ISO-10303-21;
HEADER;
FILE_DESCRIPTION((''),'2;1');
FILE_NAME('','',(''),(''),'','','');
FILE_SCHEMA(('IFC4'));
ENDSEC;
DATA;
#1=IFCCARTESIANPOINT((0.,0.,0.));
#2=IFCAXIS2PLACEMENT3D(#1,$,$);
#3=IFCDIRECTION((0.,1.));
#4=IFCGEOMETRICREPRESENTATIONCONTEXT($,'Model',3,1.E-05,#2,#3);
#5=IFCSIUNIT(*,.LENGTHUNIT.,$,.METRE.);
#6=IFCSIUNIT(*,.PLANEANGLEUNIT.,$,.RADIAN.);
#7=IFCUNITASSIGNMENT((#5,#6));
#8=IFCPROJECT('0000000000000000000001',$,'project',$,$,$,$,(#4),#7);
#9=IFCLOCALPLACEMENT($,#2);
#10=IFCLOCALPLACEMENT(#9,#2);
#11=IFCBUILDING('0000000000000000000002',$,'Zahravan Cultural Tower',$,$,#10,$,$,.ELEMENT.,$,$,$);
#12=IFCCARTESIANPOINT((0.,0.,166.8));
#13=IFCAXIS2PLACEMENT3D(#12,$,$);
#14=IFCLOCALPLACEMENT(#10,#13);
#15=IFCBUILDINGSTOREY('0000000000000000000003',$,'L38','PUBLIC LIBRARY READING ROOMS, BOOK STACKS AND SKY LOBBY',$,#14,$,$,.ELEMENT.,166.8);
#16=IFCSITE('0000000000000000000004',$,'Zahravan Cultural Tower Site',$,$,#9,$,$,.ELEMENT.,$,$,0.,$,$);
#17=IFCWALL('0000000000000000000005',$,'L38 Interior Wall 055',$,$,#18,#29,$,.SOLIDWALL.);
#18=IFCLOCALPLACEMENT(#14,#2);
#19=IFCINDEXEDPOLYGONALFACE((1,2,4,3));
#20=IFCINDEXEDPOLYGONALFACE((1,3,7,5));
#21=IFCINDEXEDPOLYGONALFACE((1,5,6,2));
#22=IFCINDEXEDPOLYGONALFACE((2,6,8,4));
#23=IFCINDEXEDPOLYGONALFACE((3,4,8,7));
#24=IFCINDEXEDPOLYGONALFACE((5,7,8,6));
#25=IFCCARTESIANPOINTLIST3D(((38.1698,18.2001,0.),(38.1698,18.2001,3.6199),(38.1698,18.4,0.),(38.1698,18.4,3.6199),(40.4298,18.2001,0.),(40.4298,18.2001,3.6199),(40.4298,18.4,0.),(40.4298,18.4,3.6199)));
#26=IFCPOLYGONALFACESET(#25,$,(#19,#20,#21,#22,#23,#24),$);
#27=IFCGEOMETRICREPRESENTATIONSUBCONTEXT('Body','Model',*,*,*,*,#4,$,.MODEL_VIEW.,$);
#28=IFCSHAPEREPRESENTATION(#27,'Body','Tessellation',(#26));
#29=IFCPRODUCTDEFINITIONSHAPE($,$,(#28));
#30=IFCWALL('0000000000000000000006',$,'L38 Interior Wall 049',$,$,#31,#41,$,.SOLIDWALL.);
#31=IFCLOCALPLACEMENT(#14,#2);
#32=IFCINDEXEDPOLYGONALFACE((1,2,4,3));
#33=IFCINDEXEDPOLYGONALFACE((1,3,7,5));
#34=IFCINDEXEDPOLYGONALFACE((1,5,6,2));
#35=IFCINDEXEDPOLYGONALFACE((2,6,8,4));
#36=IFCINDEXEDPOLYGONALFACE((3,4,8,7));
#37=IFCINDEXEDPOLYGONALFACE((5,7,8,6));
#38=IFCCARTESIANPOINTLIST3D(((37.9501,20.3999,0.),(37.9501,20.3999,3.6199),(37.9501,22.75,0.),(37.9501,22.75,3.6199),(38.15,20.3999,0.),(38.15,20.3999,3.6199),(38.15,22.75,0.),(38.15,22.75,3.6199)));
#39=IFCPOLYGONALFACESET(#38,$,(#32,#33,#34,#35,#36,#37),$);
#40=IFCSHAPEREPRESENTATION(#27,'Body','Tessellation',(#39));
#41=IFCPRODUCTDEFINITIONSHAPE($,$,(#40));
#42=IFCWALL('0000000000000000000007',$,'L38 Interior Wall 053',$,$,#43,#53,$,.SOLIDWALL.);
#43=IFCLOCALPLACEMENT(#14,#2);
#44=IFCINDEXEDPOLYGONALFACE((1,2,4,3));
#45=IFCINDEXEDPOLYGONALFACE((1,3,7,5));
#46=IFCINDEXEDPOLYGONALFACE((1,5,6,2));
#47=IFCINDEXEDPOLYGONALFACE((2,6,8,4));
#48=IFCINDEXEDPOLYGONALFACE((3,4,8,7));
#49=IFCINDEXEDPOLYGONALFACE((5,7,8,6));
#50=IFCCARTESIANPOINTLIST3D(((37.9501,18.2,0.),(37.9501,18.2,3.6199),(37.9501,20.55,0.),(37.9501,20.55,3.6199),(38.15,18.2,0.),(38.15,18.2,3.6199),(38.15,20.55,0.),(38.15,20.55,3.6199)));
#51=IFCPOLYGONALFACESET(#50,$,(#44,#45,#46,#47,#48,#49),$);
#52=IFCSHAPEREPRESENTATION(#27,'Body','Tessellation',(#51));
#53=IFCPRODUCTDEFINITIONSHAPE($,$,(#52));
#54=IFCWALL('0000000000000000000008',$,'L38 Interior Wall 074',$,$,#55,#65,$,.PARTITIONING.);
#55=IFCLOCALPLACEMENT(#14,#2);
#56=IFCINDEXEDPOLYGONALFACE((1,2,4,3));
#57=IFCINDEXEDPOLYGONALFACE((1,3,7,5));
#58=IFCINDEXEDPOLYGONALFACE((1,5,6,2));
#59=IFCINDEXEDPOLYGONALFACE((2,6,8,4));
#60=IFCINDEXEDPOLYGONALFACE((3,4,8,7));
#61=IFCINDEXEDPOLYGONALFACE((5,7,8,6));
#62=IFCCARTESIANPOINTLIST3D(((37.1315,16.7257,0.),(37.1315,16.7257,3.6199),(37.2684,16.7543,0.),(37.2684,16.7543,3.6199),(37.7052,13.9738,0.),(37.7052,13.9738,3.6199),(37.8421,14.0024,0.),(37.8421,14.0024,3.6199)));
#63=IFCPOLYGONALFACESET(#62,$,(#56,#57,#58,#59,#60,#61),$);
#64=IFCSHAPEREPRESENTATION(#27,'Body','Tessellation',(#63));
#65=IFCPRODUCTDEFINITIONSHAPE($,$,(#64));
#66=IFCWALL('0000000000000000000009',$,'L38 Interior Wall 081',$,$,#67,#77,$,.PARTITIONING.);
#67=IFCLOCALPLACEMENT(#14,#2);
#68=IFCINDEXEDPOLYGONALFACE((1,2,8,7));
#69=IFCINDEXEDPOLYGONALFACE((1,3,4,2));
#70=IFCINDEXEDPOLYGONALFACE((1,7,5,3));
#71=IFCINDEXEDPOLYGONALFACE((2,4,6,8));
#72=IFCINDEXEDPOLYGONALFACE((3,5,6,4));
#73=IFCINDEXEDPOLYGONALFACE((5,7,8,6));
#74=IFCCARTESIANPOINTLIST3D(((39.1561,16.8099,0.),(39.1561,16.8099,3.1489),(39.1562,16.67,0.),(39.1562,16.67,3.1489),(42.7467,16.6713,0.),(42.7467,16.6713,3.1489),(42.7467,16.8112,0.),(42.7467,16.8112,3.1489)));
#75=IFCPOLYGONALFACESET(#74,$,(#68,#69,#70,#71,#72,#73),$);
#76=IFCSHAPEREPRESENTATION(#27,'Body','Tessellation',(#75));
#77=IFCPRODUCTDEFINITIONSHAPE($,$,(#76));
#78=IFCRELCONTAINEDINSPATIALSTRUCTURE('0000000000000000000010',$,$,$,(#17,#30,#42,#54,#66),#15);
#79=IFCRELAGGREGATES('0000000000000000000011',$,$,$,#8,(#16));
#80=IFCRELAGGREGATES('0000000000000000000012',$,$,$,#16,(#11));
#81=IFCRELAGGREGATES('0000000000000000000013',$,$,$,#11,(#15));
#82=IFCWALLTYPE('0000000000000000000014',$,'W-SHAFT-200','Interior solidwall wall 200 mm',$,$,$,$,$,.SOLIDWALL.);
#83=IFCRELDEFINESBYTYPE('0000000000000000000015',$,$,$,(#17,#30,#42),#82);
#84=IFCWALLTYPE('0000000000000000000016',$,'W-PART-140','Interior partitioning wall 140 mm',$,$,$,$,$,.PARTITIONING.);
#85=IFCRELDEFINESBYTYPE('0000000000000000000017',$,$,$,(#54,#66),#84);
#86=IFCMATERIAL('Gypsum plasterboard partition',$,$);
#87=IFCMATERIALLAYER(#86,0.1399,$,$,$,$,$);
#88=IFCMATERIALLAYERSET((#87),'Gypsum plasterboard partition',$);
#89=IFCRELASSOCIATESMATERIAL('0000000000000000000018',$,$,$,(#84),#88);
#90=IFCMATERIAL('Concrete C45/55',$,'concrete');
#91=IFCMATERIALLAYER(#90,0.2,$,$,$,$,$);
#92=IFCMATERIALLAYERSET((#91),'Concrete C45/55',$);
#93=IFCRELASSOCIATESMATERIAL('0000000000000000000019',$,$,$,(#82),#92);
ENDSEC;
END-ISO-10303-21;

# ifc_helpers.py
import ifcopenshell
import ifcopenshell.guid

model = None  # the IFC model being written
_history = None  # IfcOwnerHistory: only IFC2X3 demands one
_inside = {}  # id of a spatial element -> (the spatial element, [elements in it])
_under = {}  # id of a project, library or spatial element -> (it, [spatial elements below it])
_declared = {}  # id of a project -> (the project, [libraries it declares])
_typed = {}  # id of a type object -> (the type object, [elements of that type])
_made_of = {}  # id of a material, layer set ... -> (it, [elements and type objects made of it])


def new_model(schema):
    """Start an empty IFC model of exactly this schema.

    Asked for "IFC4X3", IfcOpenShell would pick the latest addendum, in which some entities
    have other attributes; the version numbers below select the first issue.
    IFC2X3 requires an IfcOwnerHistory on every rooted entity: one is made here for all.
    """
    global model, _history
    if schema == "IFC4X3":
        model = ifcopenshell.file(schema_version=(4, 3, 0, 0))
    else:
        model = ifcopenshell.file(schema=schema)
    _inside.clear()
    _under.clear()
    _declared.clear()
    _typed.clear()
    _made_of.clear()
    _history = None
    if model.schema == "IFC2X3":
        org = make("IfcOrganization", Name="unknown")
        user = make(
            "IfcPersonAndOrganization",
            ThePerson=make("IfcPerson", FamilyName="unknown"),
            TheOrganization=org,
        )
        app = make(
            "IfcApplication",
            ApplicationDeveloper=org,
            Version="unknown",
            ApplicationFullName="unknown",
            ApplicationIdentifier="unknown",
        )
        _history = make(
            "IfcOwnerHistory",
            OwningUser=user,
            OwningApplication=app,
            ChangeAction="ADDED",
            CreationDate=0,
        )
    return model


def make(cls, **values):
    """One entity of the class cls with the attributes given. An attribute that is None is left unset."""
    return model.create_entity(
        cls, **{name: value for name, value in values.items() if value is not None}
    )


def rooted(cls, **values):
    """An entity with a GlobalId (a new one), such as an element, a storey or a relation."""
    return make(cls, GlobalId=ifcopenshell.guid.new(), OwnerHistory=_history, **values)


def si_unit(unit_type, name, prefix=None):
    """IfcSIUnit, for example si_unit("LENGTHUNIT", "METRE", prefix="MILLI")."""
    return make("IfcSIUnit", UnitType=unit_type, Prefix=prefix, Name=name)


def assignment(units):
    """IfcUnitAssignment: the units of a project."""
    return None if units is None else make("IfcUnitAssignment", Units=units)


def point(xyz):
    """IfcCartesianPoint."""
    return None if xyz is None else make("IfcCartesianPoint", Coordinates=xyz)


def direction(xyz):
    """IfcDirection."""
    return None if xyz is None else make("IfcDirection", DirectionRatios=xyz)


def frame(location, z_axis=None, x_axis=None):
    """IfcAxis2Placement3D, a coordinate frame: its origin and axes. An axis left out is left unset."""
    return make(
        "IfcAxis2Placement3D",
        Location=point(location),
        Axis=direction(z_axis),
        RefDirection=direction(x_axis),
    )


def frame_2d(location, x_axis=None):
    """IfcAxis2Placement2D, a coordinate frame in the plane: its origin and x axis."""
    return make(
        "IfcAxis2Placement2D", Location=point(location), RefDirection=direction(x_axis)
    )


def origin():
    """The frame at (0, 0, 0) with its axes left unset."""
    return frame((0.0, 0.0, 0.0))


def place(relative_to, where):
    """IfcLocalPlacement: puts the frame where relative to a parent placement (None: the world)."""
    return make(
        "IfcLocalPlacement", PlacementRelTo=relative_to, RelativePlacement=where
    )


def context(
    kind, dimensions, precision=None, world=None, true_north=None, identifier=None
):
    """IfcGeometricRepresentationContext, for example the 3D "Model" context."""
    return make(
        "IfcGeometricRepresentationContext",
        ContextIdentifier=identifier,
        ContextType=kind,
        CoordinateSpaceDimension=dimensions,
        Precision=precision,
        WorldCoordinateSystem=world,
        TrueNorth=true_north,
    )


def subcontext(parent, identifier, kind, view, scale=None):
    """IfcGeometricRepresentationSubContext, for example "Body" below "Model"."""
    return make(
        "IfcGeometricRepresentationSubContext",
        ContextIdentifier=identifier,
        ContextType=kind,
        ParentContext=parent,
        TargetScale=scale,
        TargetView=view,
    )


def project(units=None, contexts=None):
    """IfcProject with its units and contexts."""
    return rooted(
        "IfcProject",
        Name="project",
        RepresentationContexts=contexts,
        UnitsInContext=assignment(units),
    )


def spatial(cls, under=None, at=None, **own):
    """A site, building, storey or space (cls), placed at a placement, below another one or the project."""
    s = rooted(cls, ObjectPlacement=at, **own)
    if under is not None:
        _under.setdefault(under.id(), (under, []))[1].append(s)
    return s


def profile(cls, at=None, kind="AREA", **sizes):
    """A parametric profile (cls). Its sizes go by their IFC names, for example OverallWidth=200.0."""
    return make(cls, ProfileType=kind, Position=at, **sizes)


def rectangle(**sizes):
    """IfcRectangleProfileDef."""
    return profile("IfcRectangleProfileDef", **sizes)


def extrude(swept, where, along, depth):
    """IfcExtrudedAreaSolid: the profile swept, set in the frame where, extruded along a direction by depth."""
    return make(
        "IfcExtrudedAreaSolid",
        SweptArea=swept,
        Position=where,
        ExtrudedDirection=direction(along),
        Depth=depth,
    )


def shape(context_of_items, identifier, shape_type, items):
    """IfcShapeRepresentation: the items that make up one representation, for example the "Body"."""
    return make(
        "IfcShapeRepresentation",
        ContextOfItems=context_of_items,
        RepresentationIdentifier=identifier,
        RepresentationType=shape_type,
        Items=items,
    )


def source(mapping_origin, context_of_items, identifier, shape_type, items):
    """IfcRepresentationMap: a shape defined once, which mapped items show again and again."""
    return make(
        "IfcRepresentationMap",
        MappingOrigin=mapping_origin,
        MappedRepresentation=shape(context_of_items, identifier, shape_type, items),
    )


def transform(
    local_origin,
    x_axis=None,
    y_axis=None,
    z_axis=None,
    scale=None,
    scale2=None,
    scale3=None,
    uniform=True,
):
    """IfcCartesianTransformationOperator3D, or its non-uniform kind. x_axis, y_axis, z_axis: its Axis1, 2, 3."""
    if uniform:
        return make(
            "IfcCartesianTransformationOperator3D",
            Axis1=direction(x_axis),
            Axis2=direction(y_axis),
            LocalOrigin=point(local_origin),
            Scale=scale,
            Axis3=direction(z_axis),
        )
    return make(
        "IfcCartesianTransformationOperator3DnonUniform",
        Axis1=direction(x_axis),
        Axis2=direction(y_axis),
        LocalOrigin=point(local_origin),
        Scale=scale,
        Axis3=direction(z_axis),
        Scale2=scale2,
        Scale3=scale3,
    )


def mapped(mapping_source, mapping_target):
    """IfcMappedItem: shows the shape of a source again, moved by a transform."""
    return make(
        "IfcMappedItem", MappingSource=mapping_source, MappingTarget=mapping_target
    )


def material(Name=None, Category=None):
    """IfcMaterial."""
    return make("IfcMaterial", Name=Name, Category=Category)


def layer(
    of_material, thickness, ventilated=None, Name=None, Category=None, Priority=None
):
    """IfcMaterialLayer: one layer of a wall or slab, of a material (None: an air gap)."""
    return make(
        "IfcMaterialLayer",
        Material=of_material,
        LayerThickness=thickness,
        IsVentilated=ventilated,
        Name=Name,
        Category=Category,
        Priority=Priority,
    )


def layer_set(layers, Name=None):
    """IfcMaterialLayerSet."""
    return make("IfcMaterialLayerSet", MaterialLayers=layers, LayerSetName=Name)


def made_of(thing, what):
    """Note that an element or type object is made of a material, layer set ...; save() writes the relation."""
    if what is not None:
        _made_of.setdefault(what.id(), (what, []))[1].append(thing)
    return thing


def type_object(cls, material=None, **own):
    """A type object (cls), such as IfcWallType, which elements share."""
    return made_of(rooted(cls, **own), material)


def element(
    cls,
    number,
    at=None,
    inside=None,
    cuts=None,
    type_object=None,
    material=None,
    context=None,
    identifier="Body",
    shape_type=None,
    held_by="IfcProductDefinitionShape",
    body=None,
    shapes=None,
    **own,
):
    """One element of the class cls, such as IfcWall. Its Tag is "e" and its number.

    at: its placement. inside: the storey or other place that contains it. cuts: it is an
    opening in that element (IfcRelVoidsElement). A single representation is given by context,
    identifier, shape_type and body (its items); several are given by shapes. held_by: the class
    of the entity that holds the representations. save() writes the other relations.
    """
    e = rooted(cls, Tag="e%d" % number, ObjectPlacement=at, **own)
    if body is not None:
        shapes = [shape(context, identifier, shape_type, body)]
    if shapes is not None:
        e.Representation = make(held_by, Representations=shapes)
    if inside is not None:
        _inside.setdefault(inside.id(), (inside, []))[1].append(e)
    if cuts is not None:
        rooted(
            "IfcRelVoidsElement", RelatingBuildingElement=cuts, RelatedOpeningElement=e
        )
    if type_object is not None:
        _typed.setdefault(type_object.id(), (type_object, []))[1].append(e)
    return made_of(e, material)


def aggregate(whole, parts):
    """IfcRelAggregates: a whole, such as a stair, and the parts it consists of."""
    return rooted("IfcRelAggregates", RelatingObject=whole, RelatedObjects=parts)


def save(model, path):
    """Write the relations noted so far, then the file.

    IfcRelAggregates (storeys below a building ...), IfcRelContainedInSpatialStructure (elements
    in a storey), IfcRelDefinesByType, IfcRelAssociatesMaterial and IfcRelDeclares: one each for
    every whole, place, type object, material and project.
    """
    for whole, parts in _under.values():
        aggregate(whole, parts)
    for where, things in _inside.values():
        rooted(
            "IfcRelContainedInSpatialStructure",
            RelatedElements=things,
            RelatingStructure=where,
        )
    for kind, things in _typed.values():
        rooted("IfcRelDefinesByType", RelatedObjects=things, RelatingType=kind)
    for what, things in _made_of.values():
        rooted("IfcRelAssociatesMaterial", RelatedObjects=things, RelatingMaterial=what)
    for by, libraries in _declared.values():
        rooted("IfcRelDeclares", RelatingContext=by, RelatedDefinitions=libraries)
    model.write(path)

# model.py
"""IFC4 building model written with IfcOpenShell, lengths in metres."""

from ifc_helpers import new_model, si_unit, direction, frame, frame_2d, origin, place, context, subcontext, project, spatial, rectangle, extrude, source, transform, mapped, material, layer, layer_set, type_object, element, save


model = new_model("IFC4")

# Units and contexts
model_context = context("Model", 3, precision=1e-05, world=origin(), true_north=direction((0.0, 1.0)))
body_context = subcontext(model_context, "Body", "Model", "MODEL_VIEW")
ifc_project = project(units=[si_unit("LENGTHUNIT", "METRE"), si_unit("PLANEANGLEUNIT", "RADIAN")], contexts=[model_context])

# Site, building, storey
site_placement = place(None, origin())
site = spatial("IfcSite", under=ifc_project, at=site_placement, Name="Zahravan Cultural Tower Site", CompositionType="ELEMENT", RefElevation=0.0)
building_placement = place(site_placement, origin())
building = spatial("IfcBuilding", under=site, at=building_placement, Name="Zahravan Cultural Tower", CompositionType="ELEMENT")
storey_placement = place(building_placement, frame((0.0, 0.0, 166.8)))
storey = spatial("IfcBuildingStorey", under=building, at=storey_placement, Name="L38", Description="PUBLIC LIBRARY READING ROOMS, BOOK STACKS AND SKY LOBBY", CompositionType="ELEMENT", Elevation=166.8)

# Shared definitions
ifc_material_1 = material(Name="Gypsum plasterboard partition")
ifc_layer_1 = layer(ifc_material_1, 0.1399)
ifc_layer_set_1 = layer_set([ifc_layer_1], Name="Gypsum plasterboard partition")
wall_type_1 = type_object("IfcWallType", Name="W-PART-140", Description="Interior partitioning wall 140 mm", PredefinedType="PARTITIONING", material=ifc_layer_set_1)
ifc_material_2 = material(Name="Concrete C45/55", Category="concrete")
ifc_layer_2 = layer(ifc_material_2, 0.2)
ifc_layer_set_2 = layer_set([ifc_layer_2], Name="Concrete C45/55")
wall_type_2 = type_object("IfcWallType", Name="W-SHAFT-200", Description="Interior solidwall wall 200 mm", PredefinedType="SOLIDWALL", material=ifc_layer_set_2)

# Walls
shared_shape_1 = source(origin(), body_context, "Body", "SweptSolid", [
    extrude(rectangle(XDim=2.26, YDim=0.2, at=frame_2d((1.1299, 0.0))), origin(), (0.0, 0.0, 1.0), 3.6199),
])
for number, where, z_axis, x_axis, name in (
    (1, (38.1699, 18.3, 0.0), (0.0, 0.0, 1.0), (1.0, 0.0, 0.0), "L38 Interior Wall 055"),
):
    element("IfcWall", number, at=place(storey_placement, frame(where, z_axis=z_axis, x_axis=x_axis)), inside=storey, type_object=wall_type_2, Name=name, PredefinedType="SOLIDWALL", context=body_context, shape_type="MappedRepresentation", body=[
        mapped(shared_shape_1, transform((0.0, 0.0, 0.0), x_axis=(1.0, 0.0, 0.0), y_axis=(0.0, 1.0, 0.0), z_axis=(0.0, 0.0, 1.0), scale=1.0)),
    ])
shared_shape_2 = source(origin(), body_context, "Body", "SweptSolid", [
    extrude(rectangle(XDim=2.3501, YDim=0.2, at=frame_2d((1.175, 0.0))), origin(), (0.0, 0.0, 1.0), 3.6199),
])
for number, where, z_axis, x_axis, name in (
    (2, (38.05, 20.3999, 0.0), (0.0, 0.0, 1.0), (0.0, 1.0, 0.0), "L38 Interior Wall 049"),
    (3, (38.05, 18.2, 0.0), (0.0, 0.0, 1.0), (0.0, 1.0, 0.0), "L38 Interior Wall 053"),
):
    element("IfcWall", number, at=place(storey_placement, frame(where, z_axis=z_axis, x_axis=x_axis)), inside=storey, type_object=wall_type_2, Name=name, PredefinedType="SOLIDWALL", context=body_context, shape_type="MappedRepresentation", body=[
        mapped(shared_shape_2, transform((0.0, 0.0, 0.0), x_axis=(1.0, 0.0, 0.0), y_axis=(0.0, 1.0, 0.0), z_axis=(0.0, 0.0, 1.0), scale=1.0)),
    ])
shared_shape_3 = source(origin(), body_context, "Body", "SweptSolid", [
    extrude(rectangle(XDim=2.811, YDim=0.1399, at=frame_2d((1.4055, 0.0))), origin(), (0.0, 0.0, 1.0), 3.6199),
])
wall_1_placement = place(storey_placement, frame((37.2, 16.74, 0.0), z_axis=(0.0, 0.0, 1.0), x_axis=(0.204093, -0.978952, 0.0)))
element("IfcWall", 4, at=wall_1_placement, inside=storey, type_object=wall_type_1, Name="L38 Interior Wall 074", PredefinedType="PARTITIONING", context=body_context, shape_type="MappedRepresentation", body=[
    mapped(shared_shape_3, transform((0.0, 0.0, 0.0), x_axis=(1.0, 0.0, 0.0), y_axis=(0.0, 1.0, 0.0), z_axis=(0.0, 0.0, 1.0), scale=1.0)),
])
shared_shape_4 = source(origin(), body_context, "Body", "SweptSolid", [
    extrude(rectangle(XDim=3.5906, YDim=0.1399, at=frame_2d((1.7954, 0.0))), origin(), (0.0, 0.0, 1.0), 3.1489),
])
wall_2_placement = place(storey_placement, frame((39.156, 16.74, 0.0), z_axis=(0.0, 0.0, 1.0), x_axis=(1.0, 0.00034, 0.0)))
element("IfcWall", 5, at=wall_2_placement, inside=storey, type_object=wall_type_1, Name="L38 Interior Wall 081", PredefinedType="PARTITIONING", context=body_context, shape_type="MappedRepresentation", body=[
    mapped(shared_shape_4, transform((0.0, 0.0, 0.0), x_axis=(1.0, 0.0, 0.0), y_axis=(0.0, 1.0, 0.0), z_axis=(0.0, 0.0, 1.0), scale=1.0)),
])

save(model, "model.ifc")
